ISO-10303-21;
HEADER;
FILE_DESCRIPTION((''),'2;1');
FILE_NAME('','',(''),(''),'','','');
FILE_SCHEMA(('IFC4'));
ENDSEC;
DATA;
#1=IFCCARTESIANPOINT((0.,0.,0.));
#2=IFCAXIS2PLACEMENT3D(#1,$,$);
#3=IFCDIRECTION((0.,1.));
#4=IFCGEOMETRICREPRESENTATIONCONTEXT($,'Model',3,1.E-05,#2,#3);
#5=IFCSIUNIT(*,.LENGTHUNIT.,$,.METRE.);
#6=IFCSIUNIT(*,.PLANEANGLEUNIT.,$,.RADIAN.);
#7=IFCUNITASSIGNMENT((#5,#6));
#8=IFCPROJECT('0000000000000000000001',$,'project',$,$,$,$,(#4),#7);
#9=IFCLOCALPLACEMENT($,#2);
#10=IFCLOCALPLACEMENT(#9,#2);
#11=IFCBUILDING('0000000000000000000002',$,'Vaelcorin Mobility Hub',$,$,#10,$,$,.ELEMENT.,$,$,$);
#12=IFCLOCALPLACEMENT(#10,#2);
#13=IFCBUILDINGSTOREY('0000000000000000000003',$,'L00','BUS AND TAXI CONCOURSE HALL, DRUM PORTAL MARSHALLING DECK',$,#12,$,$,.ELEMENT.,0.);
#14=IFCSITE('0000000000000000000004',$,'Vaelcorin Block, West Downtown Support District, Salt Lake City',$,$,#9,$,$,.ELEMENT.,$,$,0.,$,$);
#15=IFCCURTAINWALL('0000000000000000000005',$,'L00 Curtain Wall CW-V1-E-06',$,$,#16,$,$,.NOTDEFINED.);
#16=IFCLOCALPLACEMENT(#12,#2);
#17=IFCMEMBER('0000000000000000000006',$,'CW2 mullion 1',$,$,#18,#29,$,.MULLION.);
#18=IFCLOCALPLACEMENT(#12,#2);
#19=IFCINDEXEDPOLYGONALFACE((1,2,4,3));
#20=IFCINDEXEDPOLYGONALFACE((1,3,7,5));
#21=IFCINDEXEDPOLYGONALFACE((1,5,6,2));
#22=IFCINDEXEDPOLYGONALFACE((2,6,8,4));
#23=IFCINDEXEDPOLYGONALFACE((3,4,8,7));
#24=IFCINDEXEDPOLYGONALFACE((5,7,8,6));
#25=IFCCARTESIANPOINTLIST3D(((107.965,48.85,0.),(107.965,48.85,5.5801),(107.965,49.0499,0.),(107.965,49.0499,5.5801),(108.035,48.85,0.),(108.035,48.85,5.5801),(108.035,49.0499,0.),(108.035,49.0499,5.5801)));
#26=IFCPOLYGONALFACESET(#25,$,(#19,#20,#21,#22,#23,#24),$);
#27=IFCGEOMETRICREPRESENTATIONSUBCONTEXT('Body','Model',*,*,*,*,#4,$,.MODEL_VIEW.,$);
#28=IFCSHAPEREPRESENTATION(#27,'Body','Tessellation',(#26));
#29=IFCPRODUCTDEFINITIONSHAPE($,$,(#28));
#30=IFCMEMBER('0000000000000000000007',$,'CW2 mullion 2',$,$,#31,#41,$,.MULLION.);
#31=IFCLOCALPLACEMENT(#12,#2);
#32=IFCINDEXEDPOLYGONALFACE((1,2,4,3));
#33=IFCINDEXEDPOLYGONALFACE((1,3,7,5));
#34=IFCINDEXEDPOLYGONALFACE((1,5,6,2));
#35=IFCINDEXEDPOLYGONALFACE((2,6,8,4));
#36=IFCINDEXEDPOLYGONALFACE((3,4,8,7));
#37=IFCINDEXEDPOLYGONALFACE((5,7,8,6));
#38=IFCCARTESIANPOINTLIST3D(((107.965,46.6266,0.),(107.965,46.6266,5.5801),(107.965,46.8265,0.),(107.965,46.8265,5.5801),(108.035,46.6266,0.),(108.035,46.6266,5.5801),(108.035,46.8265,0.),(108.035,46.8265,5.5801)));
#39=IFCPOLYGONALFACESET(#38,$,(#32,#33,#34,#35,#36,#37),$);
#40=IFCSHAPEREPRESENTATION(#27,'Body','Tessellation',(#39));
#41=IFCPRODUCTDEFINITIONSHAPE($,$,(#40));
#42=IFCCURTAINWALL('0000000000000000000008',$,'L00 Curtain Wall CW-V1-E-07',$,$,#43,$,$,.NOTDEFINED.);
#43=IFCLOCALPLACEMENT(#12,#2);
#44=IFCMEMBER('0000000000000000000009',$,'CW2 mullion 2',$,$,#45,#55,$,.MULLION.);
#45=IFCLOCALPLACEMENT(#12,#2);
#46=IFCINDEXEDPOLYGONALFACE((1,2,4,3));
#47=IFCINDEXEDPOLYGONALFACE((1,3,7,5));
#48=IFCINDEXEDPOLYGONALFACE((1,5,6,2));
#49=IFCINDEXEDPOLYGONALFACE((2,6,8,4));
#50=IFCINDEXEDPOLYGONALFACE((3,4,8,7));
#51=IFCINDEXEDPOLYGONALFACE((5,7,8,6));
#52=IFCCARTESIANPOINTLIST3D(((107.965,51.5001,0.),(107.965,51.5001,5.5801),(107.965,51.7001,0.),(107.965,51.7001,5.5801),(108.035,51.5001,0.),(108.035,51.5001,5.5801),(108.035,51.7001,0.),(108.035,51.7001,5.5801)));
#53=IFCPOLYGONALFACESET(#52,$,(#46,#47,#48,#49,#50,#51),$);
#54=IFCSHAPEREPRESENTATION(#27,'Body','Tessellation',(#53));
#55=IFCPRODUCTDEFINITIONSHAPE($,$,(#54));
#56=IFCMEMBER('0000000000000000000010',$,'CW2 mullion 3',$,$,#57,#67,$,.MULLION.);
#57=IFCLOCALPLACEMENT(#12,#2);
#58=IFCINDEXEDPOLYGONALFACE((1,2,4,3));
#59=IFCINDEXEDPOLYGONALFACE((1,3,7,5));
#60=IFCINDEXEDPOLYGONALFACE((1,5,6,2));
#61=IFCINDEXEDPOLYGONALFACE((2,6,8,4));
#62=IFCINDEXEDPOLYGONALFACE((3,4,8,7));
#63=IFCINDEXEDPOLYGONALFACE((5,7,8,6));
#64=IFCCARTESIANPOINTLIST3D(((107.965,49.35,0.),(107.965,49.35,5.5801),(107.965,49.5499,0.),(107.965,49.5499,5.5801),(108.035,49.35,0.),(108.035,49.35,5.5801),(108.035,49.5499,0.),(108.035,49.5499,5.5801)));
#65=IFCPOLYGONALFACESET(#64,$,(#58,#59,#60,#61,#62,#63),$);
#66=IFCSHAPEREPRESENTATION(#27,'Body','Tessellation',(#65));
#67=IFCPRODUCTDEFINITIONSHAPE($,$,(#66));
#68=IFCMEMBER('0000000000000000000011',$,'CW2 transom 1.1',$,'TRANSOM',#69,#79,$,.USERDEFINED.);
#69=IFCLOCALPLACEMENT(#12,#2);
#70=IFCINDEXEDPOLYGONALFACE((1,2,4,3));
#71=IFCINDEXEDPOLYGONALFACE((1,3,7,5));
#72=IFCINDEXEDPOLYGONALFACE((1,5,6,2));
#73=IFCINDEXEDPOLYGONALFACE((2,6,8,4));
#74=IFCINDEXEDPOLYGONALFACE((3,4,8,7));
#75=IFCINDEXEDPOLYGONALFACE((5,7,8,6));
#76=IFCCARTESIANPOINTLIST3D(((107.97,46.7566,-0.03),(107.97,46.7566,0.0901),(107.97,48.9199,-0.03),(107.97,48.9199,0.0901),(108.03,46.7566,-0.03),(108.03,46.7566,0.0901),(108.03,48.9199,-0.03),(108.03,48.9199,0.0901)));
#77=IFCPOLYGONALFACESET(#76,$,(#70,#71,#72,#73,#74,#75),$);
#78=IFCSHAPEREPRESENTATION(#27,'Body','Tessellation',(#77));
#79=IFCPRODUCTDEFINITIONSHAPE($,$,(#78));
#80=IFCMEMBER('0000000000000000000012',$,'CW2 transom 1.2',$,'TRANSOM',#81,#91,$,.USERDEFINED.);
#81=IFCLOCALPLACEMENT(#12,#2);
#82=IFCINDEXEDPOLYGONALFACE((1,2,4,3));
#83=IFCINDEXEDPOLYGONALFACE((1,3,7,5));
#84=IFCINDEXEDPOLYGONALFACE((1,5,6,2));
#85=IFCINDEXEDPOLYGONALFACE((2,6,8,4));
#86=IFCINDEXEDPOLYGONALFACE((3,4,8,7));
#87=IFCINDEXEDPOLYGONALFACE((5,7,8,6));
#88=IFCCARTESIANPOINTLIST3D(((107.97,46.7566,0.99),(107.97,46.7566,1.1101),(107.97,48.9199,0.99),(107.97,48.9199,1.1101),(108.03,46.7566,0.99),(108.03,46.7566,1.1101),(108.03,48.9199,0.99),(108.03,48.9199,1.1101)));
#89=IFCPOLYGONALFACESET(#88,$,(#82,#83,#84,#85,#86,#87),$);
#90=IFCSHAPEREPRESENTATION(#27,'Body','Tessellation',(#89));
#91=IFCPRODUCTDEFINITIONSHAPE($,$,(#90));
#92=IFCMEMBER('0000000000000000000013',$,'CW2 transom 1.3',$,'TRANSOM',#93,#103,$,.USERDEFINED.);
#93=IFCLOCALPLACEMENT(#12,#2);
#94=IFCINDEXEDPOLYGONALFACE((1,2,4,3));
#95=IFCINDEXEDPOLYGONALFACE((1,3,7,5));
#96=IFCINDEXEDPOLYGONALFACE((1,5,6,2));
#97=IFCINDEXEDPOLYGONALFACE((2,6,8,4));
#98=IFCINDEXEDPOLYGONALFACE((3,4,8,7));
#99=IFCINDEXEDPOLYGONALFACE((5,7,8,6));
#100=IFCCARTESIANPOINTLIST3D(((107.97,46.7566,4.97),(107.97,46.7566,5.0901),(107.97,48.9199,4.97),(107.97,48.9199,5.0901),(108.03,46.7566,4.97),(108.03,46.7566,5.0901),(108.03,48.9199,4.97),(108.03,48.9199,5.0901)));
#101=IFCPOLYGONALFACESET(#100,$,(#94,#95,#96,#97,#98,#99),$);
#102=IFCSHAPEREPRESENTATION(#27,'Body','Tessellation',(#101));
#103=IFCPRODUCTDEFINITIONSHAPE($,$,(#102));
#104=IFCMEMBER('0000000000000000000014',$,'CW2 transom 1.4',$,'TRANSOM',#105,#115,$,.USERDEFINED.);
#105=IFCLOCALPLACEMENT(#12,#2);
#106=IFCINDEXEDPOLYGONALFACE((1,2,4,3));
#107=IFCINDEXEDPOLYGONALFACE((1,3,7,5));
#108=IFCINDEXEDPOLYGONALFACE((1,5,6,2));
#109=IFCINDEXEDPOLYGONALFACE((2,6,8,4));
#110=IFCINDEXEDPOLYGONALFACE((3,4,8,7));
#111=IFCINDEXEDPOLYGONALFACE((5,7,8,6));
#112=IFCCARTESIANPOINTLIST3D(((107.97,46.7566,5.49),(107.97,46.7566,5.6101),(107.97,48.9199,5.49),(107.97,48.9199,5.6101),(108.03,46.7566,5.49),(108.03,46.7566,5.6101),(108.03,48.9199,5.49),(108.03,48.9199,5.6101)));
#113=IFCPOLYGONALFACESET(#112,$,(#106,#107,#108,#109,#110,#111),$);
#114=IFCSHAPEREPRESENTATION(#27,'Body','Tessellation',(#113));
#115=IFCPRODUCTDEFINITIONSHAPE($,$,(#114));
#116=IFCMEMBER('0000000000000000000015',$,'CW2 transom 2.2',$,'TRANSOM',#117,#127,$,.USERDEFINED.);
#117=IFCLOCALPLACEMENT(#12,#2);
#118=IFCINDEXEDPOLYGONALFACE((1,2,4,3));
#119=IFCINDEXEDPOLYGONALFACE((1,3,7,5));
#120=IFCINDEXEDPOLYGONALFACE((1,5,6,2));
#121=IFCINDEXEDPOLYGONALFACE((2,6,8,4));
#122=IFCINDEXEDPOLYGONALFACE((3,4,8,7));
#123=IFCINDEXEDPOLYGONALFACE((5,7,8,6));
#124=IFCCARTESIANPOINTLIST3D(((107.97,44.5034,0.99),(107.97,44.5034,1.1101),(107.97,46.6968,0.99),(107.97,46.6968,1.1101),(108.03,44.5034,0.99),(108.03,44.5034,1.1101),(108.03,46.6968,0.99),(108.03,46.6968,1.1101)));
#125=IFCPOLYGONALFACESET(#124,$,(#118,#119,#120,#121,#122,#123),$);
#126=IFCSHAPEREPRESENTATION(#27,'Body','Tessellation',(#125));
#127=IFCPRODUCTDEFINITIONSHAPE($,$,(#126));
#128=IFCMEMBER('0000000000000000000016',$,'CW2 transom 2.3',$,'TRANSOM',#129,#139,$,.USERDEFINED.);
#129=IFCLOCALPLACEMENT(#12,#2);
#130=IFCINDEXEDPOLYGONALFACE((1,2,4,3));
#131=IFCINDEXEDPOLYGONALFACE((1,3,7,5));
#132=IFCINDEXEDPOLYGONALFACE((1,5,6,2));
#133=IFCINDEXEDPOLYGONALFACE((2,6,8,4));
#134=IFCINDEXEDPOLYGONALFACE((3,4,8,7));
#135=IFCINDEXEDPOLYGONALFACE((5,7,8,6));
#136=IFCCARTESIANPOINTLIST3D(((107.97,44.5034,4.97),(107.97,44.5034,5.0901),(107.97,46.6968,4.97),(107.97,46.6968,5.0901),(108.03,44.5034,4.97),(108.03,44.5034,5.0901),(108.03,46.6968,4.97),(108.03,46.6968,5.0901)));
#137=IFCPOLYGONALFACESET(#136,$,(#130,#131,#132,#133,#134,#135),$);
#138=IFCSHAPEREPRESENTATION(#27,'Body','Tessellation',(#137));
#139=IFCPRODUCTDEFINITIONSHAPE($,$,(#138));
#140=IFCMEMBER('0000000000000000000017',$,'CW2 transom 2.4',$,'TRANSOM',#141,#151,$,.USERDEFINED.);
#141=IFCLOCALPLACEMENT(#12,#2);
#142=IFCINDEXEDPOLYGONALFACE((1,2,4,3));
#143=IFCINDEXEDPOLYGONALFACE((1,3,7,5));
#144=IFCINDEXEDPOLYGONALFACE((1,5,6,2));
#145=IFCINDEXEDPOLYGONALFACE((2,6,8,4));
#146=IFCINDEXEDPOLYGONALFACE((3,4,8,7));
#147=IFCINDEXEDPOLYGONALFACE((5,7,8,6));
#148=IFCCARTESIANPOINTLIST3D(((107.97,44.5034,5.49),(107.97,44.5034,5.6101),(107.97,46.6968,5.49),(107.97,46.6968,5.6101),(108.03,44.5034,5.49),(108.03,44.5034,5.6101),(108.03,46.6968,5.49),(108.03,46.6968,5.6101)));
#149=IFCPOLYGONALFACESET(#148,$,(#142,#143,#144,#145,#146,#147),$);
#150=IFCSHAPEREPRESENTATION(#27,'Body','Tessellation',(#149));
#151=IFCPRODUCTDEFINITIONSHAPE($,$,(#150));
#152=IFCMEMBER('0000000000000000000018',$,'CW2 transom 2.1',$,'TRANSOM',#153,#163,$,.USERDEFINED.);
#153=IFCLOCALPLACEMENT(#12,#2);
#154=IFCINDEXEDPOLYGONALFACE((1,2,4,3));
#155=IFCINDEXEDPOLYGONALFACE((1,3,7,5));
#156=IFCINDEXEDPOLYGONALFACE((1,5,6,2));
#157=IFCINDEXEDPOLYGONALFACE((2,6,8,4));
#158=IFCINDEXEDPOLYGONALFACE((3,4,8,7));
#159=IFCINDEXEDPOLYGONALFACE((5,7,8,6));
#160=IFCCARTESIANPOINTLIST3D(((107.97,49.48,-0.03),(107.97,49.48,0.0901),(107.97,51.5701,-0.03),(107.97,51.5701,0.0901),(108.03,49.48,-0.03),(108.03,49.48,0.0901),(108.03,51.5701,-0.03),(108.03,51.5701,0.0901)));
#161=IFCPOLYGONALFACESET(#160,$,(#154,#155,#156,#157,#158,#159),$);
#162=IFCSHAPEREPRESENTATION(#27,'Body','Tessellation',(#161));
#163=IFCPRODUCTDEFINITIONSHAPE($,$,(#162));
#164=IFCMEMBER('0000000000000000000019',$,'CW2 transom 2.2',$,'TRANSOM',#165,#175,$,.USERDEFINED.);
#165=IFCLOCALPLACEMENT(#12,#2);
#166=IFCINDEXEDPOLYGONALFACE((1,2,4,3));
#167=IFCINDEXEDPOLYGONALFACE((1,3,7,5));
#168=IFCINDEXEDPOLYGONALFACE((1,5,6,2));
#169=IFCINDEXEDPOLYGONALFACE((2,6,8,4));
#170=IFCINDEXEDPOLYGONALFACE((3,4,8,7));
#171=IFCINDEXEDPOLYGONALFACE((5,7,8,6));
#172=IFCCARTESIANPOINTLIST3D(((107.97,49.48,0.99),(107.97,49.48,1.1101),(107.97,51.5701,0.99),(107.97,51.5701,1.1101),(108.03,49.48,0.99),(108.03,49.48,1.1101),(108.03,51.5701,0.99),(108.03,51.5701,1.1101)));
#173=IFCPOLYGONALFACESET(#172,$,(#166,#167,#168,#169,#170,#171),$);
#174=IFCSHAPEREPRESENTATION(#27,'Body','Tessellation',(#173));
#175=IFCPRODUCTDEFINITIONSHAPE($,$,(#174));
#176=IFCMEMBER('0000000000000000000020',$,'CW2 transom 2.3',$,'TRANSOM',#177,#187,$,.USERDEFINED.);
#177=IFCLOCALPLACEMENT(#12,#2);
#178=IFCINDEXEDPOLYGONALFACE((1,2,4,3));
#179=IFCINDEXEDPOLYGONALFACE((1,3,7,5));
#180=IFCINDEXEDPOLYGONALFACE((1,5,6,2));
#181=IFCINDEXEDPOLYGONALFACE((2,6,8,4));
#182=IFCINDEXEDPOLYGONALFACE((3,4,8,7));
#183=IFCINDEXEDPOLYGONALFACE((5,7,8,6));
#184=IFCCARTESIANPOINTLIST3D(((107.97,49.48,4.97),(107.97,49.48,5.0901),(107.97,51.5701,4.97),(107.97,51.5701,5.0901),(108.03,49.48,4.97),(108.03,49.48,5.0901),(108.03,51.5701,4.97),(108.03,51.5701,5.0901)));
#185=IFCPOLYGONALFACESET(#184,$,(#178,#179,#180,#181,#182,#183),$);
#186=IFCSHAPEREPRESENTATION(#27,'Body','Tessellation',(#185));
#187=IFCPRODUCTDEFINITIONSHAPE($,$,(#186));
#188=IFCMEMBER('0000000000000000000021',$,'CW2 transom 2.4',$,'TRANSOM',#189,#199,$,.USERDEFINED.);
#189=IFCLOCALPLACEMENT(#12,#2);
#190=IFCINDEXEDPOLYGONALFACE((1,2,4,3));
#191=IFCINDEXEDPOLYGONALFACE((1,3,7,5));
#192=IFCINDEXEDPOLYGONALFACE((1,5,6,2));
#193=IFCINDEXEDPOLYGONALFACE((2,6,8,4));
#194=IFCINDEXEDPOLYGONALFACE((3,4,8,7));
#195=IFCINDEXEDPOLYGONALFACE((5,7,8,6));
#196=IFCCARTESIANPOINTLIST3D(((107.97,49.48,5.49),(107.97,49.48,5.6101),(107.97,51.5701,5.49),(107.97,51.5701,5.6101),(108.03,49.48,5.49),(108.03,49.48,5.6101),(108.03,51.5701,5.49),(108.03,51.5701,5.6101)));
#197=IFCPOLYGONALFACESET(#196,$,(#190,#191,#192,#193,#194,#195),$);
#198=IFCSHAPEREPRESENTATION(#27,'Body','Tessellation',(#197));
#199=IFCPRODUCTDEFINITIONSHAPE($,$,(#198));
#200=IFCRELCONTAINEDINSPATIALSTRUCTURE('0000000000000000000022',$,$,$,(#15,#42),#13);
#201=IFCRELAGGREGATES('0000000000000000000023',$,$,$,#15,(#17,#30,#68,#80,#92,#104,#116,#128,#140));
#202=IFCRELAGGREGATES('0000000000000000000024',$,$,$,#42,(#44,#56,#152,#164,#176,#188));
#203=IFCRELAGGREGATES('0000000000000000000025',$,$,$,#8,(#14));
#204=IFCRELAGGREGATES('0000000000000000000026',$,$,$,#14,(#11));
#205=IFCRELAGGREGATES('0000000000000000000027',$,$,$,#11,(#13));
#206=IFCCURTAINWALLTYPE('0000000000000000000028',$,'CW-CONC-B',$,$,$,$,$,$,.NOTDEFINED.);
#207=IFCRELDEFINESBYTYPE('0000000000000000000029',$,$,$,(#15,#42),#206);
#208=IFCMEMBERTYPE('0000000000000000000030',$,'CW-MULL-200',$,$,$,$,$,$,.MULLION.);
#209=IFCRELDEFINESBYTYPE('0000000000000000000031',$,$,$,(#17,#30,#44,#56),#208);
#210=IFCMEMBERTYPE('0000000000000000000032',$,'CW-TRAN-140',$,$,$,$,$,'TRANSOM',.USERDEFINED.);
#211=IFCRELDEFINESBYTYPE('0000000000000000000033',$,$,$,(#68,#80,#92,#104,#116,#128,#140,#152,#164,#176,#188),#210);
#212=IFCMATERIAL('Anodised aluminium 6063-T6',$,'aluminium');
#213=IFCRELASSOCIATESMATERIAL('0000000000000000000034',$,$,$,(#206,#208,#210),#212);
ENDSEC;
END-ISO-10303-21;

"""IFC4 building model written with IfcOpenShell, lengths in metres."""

from ifc_helpers import new_model, si_unit, direction, frame, origin, origin_2d, place, context, subcontext, project, spatial, rectangle, extrude, material, material_profile, profile_set, type_object, element, aggregate, save


model = new_model("IFC4")

# Units and contexts
model_context = context("Model", 3, precision=1e-05, world=origin(), true_north=direction((0.0, 1.0)))
body_context = subcontext(model_context, "Body", "Model", "MODEL_VIEW")
ifc_project = project(units=[si_unit("LENGTHUNIT", "METRE"), si_unit("PLANEANGLEUNIT", "RADIAN")], contexts=[model_context])

# Site, building, storey
site_placement = place(None, origin())
site = spatial("IfcSite", under=ifc_project, at=site_placement, Name="Vaelcorin Block, West Downtown Support District, Salt Lake City", CompositionType="ELEMENT", RefElevation=0.0)
building_placement = place(site_placement, origin())
building = spatial("IfcBuilding", under=site, at=building_placement, Name="Vaelcorin Mobility Hub", CompositionType="ELEMENT")
storey_placement = place(building_placement, origin())
storey = spatial("IfcBuildingStorey", under=building, at=storey_placement, Name="L00", Description="BUS AND TAXI CONCOURSE HALL, DRUM PORTAL MARSHALLING DECK", CompositionType="ELEMENT", Elevation=0.0)

# Curtain walls, members
ifc_material_1 = material(Name="Anodised aluminium 6063-T6", Category="aluminium")
curtain_wall_type = type_object("IfcCurtainWallType", Name="CW-CONC-B", PredefinedType="NOTDEFINED", material=ifc_material_1)
curtain_wall_1_placement = place(storey_placement, origin())
curtain_wall_1 = element("IfcCurtainWall", 1, at=curtain_wall_1_placement, inside=storey, type_object=curtain_wall_type, Name="L00 Curtain Wall CW-V1-E-06", PredefinedType="NOTDEFINED")
ifc_material_profile_1 = material_profile(ifc_material_1, rectangle(XDim=0.0701, YDim=0.2, at=origin_2d()), Name="ALU-M70X200")
ifc_profile_set_1 = profile_set([ifc_material_profile_1], Name="Anodised aluminium 6063-T6")
member_type_1 = type_object("IfcMemberType", Name="CW-MULL-200", PredefinedType="MULLION", material=ifc_profile_set_1)
member_1_placement = place(storey_placement, frame((108.0, 48.95, 0.0), z_axis=(0.0, 0.0, 1.0), x_axis=(1.0, 0.0, 0.0)))
member_1 = element("IfcMember", 2, at=member_1_placement, type_object=member_type_1, Name="CW2 mullion 1", PredefinedType="MULLION", context=body_context, shape_type="SweptSolid", body=[
    extrude(rectangle(XDim=0.0701, YDim=0.2, at=origin_2d()), origin(), (0.0, 0.0, 1.0), 5.5801),
])
member_2_placement = place(storey_placement, frame((108.0, 46.7266, 0.0), z_axis=(0.0, 0.0, 1.0), x_axis=(1.0, 0.0, 0.0)))
member_2 = element("IfcMember", 3, at=member_2_placement, type_object=member_type_1, Name="CW2 mullion 2", PredefinedType="MULLION", context=body_context, shape_type="SweptSolid", body=[
    extrude(rectangle(XDim=0.0701, YDim=0.2, at=origin_2d()), origin(), (0.0, 0.0, 1.0), 5.5801),
])
curtain_wall_2_placement = place(storey_placement, origin())
curtain_wall_2 = element("IfcCurtainWall", 4, at=curtain_wall_2_placement, inside=storey, type_object=curtain_wall_type, Name="L00 Curtain Wall CW-V1-E-07", PredefinedType="NOTDEFINED")
member_3_placement = place(storey_placement, frame((108.0, 51.6001, 0.0), z_axis=(0.0, 0.0, 1.0), x_axis=(1.0, 0.0, 0.0)))
member_3 = element("IfcMember", 5, at=member_3_placement, type_object=member_type_1, Name="CW2 mullion 2", PredefinedType="MULLION", context=body_context, shape_type="SweptSolid", body=[
    extrude(rectangle(XDim=0.0701, YDim=0.2, at=origin_2d()), origin(), (0.0, 0.0, 1.0), 5.5801),
])
member_4_placement = place(storey_placement, frame((108.0, 49.45, 0.0), z_axis=(0.0, 0.0, 1.0), x_axis=(1.0, 0.0, 0.0)))
member_4 = element("IfcMember", 6, at=member_4_placement, type_object=member_type_1, Name="CW2 mullion 3", PredefinedType="MULLION", context=body_context, shape_type="SweptSolid", body=[
    extrude(rectangle(XDim=0.0701, YDim=0.2, at=origin_2d()), origin(), (0.0, 0.0, 1.0), 5.5801),
])

# Members
ifc_material_profile_2 = material_profile(ifc_material_1, rectangle(XDim=0.0601, YDim=0.1201, at=origin_2d()), Name="ALU-T60X120")
ifc_profile_set_2 = profile_set([ifc_material_profile_2], Name="Anodised aluminium 6063-T6")
member_type_2 = type_object("IfcMemberType", Name="CW-TRAN-140", ElementType="TRANSOM", PredefinedType="USERDEFINED", material=ifc_profile_set_2)
member_5_placement = place(storey_placement, frame((108.0, 48.9199, 0.03), z_axis=(0.0, -1.0, 0.0), x_axis=(1.0, 0.0, 0.0)))
member_5 = element("IfcMember", 7, at=member_5_placement, type_object=member_type_2, Name="CW2 transom 1.1", ObjectType="TRANSOM", PredefinedType="USERDEFINED", context=body_context, shape_type="SweptSolid", body=[
    extrude(rectangle(XDim=0.0601, YDim=0.1201, at=origin_2d()), origin(), (0.0, 0.0, 1.0), 2.1633),
])
member_6_placement = place(storey_placement, frame((108.0, 48.9199, 1.05), z_axis=(0.0, -1.0, 0.0), x_axis=(1.0, 0.0, 0.0)))
member_6 = element("IfcMember", 8, at=member_6_placement, type_object=member_type_2, Name="CW2 transom 1.2", ObjectType="TRANSOM", PredefinedType="USERDEFINED", context=body_context, shape_type="SweptSolid", body=[
    extrude(rectangle(XDim=0.0601, YDim=0.1201, at=origin_2d()), origin(), (0.0, 0.0, 1.0), 2.1633),
])
member_7_placement = place(storey_placement, frame((108.0, 48.9199, 5.03), z_axis=(0.0, -1.0, 0.0), x_axis=(1.0, 0.0, 0.0)))
member_7 = element("IfcMember", 9, at=member_7_placement, type_object=member_type_2, Name="CW2 transom 1.3", ObjectType="TRANSOM", PredefinedType="USERDEFINED", context=body_context, shape_type="SweptSolid", body=[
    extrude(rectangle(XDim=0.0601, YDim=0.1201, at=origin_2d()), origin(), (0.0, 0.0, 1.0), 2.1633),
])
member_8_placement = place(storey_placement, frame((108.0, 48.9199, 5.55), z_axis=(0.0, -1.0, 0.0), x_axis=(1.0, 0.0, 0.0)))
member_8 = element("IfcMember", 10, at=member_8_placement, type_object=member_type_2, Name="CW2 transom 1.4", ObjectType="TRANSOM", PredefinedType="USERDEFINED", context=body_context, shape_type="SweptSolid", body=[
    extrude(rectangle(XDim=0.0601, YDim=0.1201, at=origin_2d()), origin(), (0.0, 0.0, 1.0), 2.1633),
])
member_9_placement = place(storey_placement, frame((108.0, 46.6968, 1.05), z_axis=(0.0, -1.0, 0.0), x_axis=(1.0, 0.0, 0.0)))
member_9 = element("IfcMember", 11, at=member_9_placement, type_object=member_type_2, Name="CW2 transom 2.2", ObjectType="TRANSOM", PredefinedType="USERDEFINED", context=body_context, shape_type="SweptSolid", body=[
    extrude(rectangle(XDim=0.0601, YDim=0.1201, at=origin_2d()), origin(), (0.0, 0.0, 1.0), 2.1934),
])
member_10_placement = place(storey_placement, frame((108.0, 46.6968, 5.03), z_axis=(0.0, -1.0, 0.0), x_axis=(1.0, 0.0, 0.0)))
member_10 = element("IfcMember", 12, at=member_10_placement, type_object=member_type_2, Name="CW2 transom 2.3", ObjectType="TRANSOM", PredefinedType="USERDEFINED", context=body_context, shape_type="SweptSolid", body=[
    extrude(rectangle(XDim=0.0601, YDim=0.1201, at=origin_2d()), origin(), (0.0, 0.0, 1.0), 2.1934),
])
member_11_placement = place(storey_placement, frame((108.0, 46.6968, 5.55), z_axis=(0.0, -1.0, 0.0), x_axis=(1.0, 0.0, 0.0)))
member_11 = element("IfcMember", 13, at=member_11_placement, type_object=member_type_2, Name="CW2 transom 2.4", ObjectType="TRANSOM", PredefinedType="USERDEFINED", context=body_context, shape_type="SweptSolid", body=[
    extrude(rectangle(XDim=0.0601, YDim=0.1201, at=origin_2d()), origin(), (0.0, 0.0, 1.0), 2.1934),
])
member_12_placement = place(storey_placement, frame((108.0, 51.5701, 0.03), z_axis=(0.0, -1.0, 0.0), x_axis=(1.0, 0.0, 0.0)))
member_12 = element("IfcMember", 14, at=member_12_placement, type_object=member_type_2, Name="CW2 transom 2.1", ObjectType="TRANSOM", PredefinedType="USERDEFINED", context=body_context, shape_type="SweptSolid", body=[
    extrude(rectangle(XDim=0.0601, YDim=0.1201, at=origin_2d()), origin(), (0.0, 0.0, 1.0), 2.0901),
])
member_13_placement = place(storey_placement, frame((108.0, 51.5701, 1.05), z_axis=(0.0, -1.0, 0.0), x_axis=(1.0, 0.0, 0.0)))
member_13 = element("IfcMember", 15, at=member_13_placement, type_object=member_type_2, Name="CW2 transom 2.2", ObjectType="TRANSOM", PredefinedType="USERDEFINED", context=body_context, shape_type="SweptSolid", body=[
    extrude(rectangle(XDim=0.0601, YDim=0.1201, at=origin_2d()), origin(), (0.0, 0.0, 1.0), 2.0901),
])
member_14_placement = place(storey_placement, frame((108.0, 51.5701, 5.03), z_axis=(0.0, -1.0, 0.0), x_axis=(1.0, 0.0, 0.0)))
member_14 = element("IfcMember", 16, at=member_14_placement, type_object=member_type_2, Name="CW2 transom 2.3", ObjectType="TRANSOM", PredefinedType="USERDEFINED", context=body_context, shape_type="SweptSolid", body=[
    extrude(rectangle(XDim=0.0601, YDim=0.1201, at=origin_2d()), origin(), (0.0, 0.0, 1.0), 2.0901),
])
member_15_placement = place(storey_placement, frame((108.0, 51.5701, 5.55), z_axis=(0.0, -1.0, 0.0), x_axis=(1.0, 0.0, 0.0)))
member_15 = element("IfcMember", 17, at=member_15_placement, type_object=member_type_2, Name="CW2 transom 2.4", ObjectType="TRANSOM", PredefinedType="USERDEFINED", context=body_context, shape_type="SweptSolid", body=[
    extrude(rectangle(XDim=0.0601, YDim=0.1201, at=origin_2d()), origin(), (0.0, 0.0, 1.0), 2.0901),
])

aggregate(curtain_wall_1, [member_1, member_2, member_5, member_6, member_7, member_8, member_9, member_10, member_11])
aggregate(curtain_wall_2, [member_3, member_4, member_12, member_13, member_14, member_15])

save(model, "model.ifc")
